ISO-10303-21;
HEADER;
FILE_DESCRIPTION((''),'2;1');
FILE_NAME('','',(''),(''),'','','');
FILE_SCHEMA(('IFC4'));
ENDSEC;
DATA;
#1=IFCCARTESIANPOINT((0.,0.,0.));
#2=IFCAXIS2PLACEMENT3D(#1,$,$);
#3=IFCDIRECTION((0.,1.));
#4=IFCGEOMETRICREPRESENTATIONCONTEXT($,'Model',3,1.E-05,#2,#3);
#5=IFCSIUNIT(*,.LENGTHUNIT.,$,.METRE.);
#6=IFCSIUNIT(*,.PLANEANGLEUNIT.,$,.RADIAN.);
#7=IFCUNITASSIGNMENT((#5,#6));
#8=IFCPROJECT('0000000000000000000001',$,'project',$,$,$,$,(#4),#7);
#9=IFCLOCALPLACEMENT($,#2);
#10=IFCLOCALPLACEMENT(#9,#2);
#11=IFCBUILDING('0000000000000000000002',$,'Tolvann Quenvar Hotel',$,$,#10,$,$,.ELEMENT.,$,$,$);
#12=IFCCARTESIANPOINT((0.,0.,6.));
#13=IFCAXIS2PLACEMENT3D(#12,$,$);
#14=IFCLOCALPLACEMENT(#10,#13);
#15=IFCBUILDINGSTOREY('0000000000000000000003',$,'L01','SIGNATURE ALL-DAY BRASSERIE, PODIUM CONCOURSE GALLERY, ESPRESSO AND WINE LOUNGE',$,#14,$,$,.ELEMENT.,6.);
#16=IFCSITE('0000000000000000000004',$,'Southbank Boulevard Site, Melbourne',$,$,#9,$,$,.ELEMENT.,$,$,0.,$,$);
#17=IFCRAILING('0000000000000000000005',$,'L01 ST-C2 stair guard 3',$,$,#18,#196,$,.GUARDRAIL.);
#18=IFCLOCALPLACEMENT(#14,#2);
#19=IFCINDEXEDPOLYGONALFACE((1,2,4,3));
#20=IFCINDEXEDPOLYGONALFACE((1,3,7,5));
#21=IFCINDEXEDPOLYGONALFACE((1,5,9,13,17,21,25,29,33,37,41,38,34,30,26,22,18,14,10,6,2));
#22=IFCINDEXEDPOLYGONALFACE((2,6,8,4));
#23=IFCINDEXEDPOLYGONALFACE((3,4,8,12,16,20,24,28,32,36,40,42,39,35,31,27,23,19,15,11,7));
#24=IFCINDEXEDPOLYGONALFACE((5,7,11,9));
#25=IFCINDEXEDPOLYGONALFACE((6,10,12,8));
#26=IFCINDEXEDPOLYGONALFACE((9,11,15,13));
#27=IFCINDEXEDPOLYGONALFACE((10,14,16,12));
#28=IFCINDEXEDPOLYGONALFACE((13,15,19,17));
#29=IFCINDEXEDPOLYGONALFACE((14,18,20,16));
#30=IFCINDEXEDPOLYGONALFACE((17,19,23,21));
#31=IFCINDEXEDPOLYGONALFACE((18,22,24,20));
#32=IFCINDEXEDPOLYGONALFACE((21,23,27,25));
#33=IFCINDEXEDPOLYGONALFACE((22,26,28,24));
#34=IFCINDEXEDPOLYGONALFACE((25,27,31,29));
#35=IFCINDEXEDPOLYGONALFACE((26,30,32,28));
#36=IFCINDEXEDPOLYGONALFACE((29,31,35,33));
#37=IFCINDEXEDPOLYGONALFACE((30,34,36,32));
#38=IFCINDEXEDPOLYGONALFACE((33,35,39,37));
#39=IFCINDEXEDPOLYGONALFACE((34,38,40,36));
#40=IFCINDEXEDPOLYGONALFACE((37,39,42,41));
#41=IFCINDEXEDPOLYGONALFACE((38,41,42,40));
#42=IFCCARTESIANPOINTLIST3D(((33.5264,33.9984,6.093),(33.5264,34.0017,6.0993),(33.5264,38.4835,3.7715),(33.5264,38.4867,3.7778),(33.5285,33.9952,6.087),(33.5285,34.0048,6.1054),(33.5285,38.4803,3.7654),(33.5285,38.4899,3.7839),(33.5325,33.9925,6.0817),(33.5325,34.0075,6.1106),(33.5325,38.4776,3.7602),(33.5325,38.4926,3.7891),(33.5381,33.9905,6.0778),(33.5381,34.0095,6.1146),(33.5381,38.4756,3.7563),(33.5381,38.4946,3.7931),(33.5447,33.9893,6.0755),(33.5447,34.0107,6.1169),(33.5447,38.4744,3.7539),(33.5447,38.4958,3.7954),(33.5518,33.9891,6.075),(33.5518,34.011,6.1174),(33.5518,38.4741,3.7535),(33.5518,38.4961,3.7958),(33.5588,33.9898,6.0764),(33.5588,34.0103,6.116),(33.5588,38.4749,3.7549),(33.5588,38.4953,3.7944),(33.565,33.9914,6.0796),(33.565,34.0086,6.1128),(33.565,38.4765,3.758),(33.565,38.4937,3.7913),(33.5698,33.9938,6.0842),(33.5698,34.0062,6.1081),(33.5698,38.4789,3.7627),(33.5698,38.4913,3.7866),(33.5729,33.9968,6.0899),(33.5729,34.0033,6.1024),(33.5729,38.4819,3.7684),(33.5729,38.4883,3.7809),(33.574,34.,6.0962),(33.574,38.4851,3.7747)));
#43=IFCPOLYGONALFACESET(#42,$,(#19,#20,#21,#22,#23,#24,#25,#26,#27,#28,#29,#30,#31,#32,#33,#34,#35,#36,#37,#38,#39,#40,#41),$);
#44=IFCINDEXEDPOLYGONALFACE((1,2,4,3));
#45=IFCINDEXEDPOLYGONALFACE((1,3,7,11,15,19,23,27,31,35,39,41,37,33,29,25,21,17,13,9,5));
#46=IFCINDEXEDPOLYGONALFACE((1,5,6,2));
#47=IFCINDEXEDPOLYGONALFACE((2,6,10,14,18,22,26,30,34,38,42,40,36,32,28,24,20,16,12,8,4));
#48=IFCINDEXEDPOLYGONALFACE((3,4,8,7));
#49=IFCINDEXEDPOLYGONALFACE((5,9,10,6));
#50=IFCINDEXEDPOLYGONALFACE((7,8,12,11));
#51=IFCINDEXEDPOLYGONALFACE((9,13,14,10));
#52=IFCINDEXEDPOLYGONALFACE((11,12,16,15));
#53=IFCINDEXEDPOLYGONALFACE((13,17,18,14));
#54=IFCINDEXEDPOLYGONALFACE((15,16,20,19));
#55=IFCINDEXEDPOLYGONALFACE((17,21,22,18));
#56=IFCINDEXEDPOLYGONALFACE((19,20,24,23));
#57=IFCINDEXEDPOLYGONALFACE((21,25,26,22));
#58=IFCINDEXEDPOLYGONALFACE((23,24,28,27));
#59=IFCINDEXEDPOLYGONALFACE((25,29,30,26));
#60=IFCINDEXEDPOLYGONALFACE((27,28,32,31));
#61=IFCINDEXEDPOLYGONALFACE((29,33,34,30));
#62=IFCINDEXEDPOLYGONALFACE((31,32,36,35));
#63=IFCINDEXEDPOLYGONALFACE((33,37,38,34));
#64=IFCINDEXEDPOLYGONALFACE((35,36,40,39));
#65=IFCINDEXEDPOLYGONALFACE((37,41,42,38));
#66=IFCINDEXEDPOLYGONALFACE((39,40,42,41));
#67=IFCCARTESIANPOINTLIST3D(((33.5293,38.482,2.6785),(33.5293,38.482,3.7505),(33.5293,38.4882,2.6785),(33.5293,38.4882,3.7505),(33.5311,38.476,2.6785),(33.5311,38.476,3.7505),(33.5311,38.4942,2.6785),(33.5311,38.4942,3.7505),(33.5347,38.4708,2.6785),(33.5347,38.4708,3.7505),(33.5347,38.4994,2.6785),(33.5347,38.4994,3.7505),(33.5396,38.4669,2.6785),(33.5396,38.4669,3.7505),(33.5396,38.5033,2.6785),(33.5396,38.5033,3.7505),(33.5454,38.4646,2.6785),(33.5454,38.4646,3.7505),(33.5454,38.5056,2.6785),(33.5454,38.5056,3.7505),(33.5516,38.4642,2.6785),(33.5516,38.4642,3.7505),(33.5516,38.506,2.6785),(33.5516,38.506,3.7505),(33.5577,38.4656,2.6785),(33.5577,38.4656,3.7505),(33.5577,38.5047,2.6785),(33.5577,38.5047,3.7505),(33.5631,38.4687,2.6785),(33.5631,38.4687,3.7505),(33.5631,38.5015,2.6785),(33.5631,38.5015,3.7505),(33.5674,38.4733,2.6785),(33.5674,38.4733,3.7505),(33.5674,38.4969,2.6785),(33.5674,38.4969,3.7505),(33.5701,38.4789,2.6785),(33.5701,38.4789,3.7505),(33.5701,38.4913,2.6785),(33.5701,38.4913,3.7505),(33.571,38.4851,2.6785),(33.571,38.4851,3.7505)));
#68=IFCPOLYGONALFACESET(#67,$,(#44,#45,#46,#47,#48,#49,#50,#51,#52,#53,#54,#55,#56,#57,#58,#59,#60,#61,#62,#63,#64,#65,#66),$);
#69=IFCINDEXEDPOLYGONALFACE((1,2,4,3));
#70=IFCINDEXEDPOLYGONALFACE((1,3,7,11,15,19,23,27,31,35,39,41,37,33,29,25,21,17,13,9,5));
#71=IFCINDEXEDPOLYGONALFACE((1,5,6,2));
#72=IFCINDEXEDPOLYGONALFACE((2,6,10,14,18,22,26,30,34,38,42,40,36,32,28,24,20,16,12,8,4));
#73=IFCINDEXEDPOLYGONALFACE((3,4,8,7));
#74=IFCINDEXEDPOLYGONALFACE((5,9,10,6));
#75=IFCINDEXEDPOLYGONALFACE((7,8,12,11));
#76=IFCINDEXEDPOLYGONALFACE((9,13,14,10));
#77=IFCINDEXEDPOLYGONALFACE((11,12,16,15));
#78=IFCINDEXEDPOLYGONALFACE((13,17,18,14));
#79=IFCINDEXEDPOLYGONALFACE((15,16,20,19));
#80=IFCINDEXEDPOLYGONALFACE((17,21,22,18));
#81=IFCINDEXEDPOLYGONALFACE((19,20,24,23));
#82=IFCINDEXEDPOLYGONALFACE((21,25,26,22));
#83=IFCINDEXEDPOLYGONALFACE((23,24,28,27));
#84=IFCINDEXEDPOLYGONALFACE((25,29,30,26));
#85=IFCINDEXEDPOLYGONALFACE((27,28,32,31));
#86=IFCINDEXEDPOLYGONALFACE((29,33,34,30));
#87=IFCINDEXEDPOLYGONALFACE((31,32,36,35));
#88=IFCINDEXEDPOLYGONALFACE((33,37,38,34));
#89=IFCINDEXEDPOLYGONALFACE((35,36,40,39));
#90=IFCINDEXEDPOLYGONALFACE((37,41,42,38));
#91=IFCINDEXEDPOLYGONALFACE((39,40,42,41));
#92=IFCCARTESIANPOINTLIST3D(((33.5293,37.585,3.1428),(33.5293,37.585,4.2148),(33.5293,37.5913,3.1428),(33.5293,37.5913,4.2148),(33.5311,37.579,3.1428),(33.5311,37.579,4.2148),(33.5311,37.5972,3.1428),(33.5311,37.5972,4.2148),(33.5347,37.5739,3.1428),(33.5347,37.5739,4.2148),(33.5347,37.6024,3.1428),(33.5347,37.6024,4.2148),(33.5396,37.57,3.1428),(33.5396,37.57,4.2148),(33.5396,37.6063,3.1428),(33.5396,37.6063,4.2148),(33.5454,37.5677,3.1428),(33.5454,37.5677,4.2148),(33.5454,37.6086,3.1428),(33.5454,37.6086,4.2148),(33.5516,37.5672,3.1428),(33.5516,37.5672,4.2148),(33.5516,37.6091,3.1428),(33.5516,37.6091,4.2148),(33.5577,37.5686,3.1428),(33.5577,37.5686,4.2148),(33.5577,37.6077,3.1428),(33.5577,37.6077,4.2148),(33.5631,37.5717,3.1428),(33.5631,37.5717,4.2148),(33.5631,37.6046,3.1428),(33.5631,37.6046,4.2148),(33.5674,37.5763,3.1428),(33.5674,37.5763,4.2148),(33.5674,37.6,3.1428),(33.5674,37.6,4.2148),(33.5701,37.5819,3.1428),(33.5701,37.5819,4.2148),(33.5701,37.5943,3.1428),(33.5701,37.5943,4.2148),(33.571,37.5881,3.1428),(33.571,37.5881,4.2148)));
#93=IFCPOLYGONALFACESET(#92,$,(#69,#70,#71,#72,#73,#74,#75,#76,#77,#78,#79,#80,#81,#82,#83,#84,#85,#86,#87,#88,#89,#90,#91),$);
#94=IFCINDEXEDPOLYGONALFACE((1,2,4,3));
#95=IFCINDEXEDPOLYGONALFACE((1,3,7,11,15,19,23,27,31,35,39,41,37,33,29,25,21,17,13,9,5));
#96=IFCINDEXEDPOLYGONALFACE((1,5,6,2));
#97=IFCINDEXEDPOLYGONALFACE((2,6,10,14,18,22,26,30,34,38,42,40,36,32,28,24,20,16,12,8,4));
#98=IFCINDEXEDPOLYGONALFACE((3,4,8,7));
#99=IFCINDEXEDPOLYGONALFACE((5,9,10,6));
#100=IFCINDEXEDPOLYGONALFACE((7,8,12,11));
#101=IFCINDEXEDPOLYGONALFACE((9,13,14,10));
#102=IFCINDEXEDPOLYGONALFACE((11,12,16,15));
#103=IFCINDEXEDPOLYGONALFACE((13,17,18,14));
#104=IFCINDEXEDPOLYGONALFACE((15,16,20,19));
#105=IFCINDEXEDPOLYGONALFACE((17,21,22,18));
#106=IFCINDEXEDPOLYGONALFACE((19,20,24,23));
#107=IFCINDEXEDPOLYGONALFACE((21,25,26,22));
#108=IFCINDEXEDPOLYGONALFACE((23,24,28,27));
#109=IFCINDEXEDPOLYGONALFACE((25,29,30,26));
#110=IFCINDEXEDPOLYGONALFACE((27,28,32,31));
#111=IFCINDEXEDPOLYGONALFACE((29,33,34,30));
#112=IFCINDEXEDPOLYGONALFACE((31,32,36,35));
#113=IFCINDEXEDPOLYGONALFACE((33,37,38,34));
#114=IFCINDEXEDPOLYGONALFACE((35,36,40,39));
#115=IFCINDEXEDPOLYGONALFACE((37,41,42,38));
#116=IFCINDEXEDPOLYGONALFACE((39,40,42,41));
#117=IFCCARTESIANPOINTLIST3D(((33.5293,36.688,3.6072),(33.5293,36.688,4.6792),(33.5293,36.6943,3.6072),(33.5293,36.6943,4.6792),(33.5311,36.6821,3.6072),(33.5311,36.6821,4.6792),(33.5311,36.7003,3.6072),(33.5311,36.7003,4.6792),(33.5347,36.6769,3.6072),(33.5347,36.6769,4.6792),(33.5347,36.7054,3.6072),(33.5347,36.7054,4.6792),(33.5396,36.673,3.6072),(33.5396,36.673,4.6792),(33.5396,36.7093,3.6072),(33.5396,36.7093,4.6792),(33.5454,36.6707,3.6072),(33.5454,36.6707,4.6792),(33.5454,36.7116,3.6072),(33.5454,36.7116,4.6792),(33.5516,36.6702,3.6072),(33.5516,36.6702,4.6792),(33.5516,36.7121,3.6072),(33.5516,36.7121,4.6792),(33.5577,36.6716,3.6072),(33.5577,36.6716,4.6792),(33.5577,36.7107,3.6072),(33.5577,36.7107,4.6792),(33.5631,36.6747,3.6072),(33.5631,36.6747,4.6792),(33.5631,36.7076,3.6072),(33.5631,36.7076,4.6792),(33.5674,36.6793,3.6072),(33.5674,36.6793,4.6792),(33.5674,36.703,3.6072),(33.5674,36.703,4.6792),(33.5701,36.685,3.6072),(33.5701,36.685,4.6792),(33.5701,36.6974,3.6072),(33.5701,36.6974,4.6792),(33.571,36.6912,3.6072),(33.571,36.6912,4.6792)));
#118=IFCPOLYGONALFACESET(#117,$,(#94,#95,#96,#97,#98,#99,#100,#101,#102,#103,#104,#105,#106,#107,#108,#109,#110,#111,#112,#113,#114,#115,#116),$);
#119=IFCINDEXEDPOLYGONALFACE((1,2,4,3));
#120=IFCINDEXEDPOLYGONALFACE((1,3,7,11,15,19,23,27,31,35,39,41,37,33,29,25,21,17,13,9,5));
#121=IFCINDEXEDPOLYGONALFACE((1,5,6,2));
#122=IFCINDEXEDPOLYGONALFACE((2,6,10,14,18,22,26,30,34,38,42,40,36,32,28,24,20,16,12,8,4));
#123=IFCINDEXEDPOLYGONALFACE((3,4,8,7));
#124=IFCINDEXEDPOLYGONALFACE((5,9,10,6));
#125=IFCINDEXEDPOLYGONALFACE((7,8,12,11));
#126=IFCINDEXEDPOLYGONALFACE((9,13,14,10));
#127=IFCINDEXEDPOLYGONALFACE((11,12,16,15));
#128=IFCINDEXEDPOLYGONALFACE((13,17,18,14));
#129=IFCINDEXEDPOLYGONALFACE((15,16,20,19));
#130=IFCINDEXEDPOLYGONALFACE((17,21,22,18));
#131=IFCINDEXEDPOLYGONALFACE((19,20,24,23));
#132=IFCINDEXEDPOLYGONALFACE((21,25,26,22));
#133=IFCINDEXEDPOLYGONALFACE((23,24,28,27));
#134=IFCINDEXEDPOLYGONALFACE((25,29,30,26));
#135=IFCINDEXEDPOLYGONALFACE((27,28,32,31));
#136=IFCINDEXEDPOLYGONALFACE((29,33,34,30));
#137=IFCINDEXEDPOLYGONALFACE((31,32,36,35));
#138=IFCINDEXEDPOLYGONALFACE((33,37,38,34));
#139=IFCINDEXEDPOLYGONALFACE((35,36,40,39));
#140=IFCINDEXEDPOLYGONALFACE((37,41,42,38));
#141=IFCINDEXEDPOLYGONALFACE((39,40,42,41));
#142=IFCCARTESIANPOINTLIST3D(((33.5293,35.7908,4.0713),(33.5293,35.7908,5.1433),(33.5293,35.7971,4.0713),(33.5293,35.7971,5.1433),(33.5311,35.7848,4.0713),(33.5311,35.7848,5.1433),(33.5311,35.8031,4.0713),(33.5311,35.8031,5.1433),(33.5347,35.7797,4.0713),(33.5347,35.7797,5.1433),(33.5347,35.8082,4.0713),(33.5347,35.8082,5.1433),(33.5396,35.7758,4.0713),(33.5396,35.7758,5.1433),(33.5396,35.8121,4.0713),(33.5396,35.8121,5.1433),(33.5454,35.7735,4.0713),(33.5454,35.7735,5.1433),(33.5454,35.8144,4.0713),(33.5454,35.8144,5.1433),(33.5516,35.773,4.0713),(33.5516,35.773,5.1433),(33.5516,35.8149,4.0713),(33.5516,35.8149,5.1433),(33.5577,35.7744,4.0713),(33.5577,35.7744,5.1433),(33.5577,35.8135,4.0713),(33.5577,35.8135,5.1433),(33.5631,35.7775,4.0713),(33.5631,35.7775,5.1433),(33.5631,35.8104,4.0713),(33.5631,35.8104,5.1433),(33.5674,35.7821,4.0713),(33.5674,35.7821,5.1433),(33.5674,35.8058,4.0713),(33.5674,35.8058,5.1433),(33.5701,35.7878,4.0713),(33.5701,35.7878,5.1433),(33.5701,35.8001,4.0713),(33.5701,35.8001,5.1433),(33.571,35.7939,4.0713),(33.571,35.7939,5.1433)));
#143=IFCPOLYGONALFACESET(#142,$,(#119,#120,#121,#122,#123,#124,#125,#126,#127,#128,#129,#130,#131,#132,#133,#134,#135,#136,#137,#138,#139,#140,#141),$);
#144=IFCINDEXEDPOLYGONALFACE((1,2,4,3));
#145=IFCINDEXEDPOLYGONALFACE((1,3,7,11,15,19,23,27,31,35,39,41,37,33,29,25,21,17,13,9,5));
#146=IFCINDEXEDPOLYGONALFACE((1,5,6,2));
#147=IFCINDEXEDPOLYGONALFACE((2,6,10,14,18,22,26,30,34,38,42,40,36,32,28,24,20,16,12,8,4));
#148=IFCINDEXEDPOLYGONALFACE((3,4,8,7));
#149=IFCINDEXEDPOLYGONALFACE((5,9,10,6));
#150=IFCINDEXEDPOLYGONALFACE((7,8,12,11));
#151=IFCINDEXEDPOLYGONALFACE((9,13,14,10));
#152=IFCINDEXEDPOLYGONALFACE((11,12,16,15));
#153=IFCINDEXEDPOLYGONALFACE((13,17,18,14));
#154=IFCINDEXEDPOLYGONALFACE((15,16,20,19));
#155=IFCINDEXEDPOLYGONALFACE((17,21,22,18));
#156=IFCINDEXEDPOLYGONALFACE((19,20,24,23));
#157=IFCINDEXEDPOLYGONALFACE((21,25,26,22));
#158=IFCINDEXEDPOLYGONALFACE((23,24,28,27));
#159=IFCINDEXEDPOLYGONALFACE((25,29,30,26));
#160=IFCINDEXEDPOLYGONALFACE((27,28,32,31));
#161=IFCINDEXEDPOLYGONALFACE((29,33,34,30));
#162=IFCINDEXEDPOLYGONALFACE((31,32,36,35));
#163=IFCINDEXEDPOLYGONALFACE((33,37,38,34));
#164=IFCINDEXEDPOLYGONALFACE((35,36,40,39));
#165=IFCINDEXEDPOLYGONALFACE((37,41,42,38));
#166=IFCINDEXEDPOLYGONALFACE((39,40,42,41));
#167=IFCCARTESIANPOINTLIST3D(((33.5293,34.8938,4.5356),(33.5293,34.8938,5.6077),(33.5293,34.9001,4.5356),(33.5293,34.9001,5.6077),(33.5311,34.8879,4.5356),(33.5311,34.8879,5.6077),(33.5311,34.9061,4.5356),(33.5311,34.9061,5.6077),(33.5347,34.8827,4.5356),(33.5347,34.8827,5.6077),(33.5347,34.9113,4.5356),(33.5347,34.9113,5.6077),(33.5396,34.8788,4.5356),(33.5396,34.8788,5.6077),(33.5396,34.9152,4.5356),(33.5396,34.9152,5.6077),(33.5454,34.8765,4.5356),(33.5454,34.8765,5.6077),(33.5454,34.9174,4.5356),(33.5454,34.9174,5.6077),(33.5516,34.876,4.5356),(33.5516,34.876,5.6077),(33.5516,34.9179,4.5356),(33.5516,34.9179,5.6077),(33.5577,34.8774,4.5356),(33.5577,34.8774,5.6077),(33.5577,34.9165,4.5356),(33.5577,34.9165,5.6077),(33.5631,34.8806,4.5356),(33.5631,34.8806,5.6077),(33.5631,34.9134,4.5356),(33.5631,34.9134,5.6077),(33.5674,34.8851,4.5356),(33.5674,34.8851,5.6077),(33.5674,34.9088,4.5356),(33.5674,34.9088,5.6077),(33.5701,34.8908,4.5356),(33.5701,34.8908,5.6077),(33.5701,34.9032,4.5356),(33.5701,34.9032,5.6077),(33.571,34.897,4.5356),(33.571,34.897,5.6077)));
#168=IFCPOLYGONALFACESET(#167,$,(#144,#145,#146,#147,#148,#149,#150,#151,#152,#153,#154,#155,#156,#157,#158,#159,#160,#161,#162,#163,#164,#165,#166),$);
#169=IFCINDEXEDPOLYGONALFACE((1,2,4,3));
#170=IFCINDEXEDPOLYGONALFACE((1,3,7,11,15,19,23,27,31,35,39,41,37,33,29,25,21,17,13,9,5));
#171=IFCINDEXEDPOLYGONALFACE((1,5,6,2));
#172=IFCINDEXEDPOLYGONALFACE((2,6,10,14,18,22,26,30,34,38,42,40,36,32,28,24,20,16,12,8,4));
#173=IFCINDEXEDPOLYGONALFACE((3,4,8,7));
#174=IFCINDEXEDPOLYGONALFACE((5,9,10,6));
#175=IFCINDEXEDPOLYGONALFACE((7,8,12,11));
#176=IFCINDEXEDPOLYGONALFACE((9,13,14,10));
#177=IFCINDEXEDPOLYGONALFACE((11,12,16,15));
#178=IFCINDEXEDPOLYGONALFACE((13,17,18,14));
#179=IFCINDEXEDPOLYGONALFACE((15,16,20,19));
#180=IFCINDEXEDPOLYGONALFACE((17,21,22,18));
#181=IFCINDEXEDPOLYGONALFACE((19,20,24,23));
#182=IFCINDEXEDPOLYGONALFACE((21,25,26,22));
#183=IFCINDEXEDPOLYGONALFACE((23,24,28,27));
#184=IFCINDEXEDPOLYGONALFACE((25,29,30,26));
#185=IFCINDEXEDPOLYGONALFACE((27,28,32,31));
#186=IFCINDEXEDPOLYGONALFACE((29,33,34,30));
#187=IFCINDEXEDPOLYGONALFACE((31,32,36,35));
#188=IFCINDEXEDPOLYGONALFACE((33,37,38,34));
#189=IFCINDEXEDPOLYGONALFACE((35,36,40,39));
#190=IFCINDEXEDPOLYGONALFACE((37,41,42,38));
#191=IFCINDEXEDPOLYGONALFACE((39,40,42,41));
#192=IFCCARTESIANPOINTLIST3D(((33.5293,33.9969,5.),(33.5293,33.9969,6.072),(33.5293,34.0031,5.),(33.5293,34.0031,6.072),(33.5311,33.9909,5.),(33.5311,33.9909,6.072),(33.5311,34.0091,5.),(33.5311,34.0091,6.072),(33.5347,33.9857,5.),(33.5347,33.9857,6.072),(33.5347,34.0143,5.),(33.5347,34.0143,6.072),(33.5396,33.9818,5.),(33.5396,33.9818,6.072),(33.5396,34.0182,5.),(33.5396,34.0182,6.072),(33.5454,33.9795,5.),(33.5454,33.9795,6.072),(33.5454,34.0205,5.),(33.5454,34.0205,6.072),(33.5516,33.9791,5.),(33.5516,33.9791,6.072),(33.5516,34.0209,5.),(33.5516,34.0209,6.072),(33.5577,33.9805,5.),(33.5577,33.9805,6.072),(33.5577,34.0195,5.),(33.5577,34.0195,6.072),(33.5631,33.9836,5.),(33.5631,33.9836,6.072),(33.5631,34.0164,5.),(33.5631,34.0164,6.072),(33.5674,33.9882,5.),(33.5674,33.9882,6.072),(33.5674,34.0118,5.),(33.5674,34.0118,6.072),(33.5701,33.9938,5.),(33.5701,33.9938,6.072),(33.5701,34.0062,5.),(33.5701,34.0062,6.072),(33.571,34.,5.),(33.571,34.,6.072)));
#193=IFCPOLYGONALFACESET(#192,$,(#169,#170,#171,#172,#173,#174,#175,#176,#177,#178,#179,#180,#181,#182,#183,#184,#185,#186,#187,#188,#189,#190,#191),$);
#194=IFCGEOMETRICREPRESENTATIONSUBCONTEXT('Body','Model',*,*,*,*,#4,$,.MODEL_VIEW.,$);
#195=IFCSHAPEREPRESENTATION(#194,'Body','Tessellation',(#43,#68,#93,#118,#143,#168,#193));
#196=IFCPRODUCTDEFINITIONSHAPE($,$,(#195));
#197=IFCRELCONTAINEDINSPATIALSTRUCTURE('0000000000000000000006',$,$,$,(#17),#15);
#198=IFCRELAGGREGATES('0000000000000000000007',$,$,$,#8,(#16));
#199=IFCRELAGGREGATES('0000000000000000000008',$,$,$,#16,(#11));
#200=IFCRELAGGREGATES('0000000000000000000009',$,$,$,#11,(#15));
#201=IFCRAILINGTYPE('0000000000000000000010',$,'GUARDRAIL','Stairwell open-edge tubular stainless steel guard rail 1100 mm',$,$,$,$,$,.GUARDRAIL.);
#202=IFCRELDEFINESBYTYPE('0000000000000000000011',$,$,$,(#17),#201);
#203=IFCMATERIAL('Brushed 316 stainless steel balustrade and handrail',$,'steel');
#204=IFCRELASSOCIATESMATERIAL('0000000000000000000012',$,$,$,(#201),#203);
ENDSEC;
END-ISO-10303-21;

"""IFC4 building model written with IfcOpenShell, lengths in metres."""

from ifc_helpers import new_model, si_unit, direction, frame, origin, origin_2d, place, context, subcontext, project, spatial, circle, extrude, material, type_object, element, save


model = new_model("IFC4")

# Units and contexts
model_context = context("Model", 3, precision=1e-05, world=origin(), true_north=direction((0.0, 1.0)))
body_context = subcontext(model_context, "Body", "Model", "MODEL_VIEW")
ifc_project = project(units=[si_unit("LENGTHUNIT", "METRE"), si_unit("PLANEANGLEUNIT", "RADIAN")], contexts=[model_context])

# Site, building, storey
site_placement = place(None, origin())
site = spatial("IfcSite", under=ifc_project, at=site_placement, Name="Southbank Boulevard Site, Melbourne", CompositionType="ELEMENT", RefElevation=0.0)
building_placement = place(site_placement, origin())
building = spatial("IfcBuilding", under=site, at=building_placement, Name="Tolvann Quenvar Hotel", CompositionType="ELEMENT")
storey_placement = place(building_placement, frame((0.0, 0.0, 6.0)))
storey = spatial("IfcBuildingStorey", under=building, at=storey_placement, Name="L01", Description="SIGNATURE ALL-DAY BRASSERIE, PODIUM CONCOURSE GALLERY, ESPRESSO AND WINE LOUNGE", CompositionType="ELEMENT", Elevation=6.0)

# Railing
ifc_material_1 = material(Name="Brushed 316 stainless steel balustrade and handrail", Category="steel")
railing_type_1 = type_object("IfcRailingType", Name="GUARDRAIL", Description="Stairwell open-edge tubular stainless steel guard rail 1100 mm", PredefinedType="GUARDRAIL", material=ifc_material_1)
railing_1_placement = place(storey_placement, frame((33.55, 38.4851, 2.6785)))
element("IfcRailing", 1, at=railing_1_placement, inside=storey, type_object=railing_type_1, Name="L01 ST-C2 stair guard 3", PredefinedType="GUARDRAIL", context=body_context, shape_type="SweptSolid", body=[
    extrude(circle(Radius=0.0239, at=origin_2d()), frame((0.0, 0.0, 1.0962), z_axis=(0.0, -0.888084, 0.459681), x_axis=(1.0, 0.0, 0.0)), (0.0, 0.0, 1.0), 5.0503),
    extrude(circle(Radius=0.021, at=origin_2d()), origin(), (0.0, 0.0, 1.0), 1.072),
    extrude(circle(Radius=0.021, at=origin_2d()), frame((0.0, -0.897, 0.4644)), (0.0, 0.0, 1.0), 1.072),
    extrude(circle(Radius=0.021, at=origin_2d()), frame((0.0, -1.7939, 0.9287)), (0.0, 0.0, 1.0), 1.072),
    extrude(circle(Radius=0.021, at=origin_2d()), frame((0.0, -2.6912, 1.3928)), (0.0, 0.0, 1.0), 1.072),
    extrude(circle(Radius=0.021, at=origin_2d()), frame((0.0, -3.5881, 1.8572)), (0.0, 0.0, 1.0), 1.072),
    extrude(circle(Radius=0.021, at=origin_2d()), frame((0.0, -4.4851, 2.3215)), (0.0, 0.0, 1.0), 1.072),
])

save(model, "model.ifc")
